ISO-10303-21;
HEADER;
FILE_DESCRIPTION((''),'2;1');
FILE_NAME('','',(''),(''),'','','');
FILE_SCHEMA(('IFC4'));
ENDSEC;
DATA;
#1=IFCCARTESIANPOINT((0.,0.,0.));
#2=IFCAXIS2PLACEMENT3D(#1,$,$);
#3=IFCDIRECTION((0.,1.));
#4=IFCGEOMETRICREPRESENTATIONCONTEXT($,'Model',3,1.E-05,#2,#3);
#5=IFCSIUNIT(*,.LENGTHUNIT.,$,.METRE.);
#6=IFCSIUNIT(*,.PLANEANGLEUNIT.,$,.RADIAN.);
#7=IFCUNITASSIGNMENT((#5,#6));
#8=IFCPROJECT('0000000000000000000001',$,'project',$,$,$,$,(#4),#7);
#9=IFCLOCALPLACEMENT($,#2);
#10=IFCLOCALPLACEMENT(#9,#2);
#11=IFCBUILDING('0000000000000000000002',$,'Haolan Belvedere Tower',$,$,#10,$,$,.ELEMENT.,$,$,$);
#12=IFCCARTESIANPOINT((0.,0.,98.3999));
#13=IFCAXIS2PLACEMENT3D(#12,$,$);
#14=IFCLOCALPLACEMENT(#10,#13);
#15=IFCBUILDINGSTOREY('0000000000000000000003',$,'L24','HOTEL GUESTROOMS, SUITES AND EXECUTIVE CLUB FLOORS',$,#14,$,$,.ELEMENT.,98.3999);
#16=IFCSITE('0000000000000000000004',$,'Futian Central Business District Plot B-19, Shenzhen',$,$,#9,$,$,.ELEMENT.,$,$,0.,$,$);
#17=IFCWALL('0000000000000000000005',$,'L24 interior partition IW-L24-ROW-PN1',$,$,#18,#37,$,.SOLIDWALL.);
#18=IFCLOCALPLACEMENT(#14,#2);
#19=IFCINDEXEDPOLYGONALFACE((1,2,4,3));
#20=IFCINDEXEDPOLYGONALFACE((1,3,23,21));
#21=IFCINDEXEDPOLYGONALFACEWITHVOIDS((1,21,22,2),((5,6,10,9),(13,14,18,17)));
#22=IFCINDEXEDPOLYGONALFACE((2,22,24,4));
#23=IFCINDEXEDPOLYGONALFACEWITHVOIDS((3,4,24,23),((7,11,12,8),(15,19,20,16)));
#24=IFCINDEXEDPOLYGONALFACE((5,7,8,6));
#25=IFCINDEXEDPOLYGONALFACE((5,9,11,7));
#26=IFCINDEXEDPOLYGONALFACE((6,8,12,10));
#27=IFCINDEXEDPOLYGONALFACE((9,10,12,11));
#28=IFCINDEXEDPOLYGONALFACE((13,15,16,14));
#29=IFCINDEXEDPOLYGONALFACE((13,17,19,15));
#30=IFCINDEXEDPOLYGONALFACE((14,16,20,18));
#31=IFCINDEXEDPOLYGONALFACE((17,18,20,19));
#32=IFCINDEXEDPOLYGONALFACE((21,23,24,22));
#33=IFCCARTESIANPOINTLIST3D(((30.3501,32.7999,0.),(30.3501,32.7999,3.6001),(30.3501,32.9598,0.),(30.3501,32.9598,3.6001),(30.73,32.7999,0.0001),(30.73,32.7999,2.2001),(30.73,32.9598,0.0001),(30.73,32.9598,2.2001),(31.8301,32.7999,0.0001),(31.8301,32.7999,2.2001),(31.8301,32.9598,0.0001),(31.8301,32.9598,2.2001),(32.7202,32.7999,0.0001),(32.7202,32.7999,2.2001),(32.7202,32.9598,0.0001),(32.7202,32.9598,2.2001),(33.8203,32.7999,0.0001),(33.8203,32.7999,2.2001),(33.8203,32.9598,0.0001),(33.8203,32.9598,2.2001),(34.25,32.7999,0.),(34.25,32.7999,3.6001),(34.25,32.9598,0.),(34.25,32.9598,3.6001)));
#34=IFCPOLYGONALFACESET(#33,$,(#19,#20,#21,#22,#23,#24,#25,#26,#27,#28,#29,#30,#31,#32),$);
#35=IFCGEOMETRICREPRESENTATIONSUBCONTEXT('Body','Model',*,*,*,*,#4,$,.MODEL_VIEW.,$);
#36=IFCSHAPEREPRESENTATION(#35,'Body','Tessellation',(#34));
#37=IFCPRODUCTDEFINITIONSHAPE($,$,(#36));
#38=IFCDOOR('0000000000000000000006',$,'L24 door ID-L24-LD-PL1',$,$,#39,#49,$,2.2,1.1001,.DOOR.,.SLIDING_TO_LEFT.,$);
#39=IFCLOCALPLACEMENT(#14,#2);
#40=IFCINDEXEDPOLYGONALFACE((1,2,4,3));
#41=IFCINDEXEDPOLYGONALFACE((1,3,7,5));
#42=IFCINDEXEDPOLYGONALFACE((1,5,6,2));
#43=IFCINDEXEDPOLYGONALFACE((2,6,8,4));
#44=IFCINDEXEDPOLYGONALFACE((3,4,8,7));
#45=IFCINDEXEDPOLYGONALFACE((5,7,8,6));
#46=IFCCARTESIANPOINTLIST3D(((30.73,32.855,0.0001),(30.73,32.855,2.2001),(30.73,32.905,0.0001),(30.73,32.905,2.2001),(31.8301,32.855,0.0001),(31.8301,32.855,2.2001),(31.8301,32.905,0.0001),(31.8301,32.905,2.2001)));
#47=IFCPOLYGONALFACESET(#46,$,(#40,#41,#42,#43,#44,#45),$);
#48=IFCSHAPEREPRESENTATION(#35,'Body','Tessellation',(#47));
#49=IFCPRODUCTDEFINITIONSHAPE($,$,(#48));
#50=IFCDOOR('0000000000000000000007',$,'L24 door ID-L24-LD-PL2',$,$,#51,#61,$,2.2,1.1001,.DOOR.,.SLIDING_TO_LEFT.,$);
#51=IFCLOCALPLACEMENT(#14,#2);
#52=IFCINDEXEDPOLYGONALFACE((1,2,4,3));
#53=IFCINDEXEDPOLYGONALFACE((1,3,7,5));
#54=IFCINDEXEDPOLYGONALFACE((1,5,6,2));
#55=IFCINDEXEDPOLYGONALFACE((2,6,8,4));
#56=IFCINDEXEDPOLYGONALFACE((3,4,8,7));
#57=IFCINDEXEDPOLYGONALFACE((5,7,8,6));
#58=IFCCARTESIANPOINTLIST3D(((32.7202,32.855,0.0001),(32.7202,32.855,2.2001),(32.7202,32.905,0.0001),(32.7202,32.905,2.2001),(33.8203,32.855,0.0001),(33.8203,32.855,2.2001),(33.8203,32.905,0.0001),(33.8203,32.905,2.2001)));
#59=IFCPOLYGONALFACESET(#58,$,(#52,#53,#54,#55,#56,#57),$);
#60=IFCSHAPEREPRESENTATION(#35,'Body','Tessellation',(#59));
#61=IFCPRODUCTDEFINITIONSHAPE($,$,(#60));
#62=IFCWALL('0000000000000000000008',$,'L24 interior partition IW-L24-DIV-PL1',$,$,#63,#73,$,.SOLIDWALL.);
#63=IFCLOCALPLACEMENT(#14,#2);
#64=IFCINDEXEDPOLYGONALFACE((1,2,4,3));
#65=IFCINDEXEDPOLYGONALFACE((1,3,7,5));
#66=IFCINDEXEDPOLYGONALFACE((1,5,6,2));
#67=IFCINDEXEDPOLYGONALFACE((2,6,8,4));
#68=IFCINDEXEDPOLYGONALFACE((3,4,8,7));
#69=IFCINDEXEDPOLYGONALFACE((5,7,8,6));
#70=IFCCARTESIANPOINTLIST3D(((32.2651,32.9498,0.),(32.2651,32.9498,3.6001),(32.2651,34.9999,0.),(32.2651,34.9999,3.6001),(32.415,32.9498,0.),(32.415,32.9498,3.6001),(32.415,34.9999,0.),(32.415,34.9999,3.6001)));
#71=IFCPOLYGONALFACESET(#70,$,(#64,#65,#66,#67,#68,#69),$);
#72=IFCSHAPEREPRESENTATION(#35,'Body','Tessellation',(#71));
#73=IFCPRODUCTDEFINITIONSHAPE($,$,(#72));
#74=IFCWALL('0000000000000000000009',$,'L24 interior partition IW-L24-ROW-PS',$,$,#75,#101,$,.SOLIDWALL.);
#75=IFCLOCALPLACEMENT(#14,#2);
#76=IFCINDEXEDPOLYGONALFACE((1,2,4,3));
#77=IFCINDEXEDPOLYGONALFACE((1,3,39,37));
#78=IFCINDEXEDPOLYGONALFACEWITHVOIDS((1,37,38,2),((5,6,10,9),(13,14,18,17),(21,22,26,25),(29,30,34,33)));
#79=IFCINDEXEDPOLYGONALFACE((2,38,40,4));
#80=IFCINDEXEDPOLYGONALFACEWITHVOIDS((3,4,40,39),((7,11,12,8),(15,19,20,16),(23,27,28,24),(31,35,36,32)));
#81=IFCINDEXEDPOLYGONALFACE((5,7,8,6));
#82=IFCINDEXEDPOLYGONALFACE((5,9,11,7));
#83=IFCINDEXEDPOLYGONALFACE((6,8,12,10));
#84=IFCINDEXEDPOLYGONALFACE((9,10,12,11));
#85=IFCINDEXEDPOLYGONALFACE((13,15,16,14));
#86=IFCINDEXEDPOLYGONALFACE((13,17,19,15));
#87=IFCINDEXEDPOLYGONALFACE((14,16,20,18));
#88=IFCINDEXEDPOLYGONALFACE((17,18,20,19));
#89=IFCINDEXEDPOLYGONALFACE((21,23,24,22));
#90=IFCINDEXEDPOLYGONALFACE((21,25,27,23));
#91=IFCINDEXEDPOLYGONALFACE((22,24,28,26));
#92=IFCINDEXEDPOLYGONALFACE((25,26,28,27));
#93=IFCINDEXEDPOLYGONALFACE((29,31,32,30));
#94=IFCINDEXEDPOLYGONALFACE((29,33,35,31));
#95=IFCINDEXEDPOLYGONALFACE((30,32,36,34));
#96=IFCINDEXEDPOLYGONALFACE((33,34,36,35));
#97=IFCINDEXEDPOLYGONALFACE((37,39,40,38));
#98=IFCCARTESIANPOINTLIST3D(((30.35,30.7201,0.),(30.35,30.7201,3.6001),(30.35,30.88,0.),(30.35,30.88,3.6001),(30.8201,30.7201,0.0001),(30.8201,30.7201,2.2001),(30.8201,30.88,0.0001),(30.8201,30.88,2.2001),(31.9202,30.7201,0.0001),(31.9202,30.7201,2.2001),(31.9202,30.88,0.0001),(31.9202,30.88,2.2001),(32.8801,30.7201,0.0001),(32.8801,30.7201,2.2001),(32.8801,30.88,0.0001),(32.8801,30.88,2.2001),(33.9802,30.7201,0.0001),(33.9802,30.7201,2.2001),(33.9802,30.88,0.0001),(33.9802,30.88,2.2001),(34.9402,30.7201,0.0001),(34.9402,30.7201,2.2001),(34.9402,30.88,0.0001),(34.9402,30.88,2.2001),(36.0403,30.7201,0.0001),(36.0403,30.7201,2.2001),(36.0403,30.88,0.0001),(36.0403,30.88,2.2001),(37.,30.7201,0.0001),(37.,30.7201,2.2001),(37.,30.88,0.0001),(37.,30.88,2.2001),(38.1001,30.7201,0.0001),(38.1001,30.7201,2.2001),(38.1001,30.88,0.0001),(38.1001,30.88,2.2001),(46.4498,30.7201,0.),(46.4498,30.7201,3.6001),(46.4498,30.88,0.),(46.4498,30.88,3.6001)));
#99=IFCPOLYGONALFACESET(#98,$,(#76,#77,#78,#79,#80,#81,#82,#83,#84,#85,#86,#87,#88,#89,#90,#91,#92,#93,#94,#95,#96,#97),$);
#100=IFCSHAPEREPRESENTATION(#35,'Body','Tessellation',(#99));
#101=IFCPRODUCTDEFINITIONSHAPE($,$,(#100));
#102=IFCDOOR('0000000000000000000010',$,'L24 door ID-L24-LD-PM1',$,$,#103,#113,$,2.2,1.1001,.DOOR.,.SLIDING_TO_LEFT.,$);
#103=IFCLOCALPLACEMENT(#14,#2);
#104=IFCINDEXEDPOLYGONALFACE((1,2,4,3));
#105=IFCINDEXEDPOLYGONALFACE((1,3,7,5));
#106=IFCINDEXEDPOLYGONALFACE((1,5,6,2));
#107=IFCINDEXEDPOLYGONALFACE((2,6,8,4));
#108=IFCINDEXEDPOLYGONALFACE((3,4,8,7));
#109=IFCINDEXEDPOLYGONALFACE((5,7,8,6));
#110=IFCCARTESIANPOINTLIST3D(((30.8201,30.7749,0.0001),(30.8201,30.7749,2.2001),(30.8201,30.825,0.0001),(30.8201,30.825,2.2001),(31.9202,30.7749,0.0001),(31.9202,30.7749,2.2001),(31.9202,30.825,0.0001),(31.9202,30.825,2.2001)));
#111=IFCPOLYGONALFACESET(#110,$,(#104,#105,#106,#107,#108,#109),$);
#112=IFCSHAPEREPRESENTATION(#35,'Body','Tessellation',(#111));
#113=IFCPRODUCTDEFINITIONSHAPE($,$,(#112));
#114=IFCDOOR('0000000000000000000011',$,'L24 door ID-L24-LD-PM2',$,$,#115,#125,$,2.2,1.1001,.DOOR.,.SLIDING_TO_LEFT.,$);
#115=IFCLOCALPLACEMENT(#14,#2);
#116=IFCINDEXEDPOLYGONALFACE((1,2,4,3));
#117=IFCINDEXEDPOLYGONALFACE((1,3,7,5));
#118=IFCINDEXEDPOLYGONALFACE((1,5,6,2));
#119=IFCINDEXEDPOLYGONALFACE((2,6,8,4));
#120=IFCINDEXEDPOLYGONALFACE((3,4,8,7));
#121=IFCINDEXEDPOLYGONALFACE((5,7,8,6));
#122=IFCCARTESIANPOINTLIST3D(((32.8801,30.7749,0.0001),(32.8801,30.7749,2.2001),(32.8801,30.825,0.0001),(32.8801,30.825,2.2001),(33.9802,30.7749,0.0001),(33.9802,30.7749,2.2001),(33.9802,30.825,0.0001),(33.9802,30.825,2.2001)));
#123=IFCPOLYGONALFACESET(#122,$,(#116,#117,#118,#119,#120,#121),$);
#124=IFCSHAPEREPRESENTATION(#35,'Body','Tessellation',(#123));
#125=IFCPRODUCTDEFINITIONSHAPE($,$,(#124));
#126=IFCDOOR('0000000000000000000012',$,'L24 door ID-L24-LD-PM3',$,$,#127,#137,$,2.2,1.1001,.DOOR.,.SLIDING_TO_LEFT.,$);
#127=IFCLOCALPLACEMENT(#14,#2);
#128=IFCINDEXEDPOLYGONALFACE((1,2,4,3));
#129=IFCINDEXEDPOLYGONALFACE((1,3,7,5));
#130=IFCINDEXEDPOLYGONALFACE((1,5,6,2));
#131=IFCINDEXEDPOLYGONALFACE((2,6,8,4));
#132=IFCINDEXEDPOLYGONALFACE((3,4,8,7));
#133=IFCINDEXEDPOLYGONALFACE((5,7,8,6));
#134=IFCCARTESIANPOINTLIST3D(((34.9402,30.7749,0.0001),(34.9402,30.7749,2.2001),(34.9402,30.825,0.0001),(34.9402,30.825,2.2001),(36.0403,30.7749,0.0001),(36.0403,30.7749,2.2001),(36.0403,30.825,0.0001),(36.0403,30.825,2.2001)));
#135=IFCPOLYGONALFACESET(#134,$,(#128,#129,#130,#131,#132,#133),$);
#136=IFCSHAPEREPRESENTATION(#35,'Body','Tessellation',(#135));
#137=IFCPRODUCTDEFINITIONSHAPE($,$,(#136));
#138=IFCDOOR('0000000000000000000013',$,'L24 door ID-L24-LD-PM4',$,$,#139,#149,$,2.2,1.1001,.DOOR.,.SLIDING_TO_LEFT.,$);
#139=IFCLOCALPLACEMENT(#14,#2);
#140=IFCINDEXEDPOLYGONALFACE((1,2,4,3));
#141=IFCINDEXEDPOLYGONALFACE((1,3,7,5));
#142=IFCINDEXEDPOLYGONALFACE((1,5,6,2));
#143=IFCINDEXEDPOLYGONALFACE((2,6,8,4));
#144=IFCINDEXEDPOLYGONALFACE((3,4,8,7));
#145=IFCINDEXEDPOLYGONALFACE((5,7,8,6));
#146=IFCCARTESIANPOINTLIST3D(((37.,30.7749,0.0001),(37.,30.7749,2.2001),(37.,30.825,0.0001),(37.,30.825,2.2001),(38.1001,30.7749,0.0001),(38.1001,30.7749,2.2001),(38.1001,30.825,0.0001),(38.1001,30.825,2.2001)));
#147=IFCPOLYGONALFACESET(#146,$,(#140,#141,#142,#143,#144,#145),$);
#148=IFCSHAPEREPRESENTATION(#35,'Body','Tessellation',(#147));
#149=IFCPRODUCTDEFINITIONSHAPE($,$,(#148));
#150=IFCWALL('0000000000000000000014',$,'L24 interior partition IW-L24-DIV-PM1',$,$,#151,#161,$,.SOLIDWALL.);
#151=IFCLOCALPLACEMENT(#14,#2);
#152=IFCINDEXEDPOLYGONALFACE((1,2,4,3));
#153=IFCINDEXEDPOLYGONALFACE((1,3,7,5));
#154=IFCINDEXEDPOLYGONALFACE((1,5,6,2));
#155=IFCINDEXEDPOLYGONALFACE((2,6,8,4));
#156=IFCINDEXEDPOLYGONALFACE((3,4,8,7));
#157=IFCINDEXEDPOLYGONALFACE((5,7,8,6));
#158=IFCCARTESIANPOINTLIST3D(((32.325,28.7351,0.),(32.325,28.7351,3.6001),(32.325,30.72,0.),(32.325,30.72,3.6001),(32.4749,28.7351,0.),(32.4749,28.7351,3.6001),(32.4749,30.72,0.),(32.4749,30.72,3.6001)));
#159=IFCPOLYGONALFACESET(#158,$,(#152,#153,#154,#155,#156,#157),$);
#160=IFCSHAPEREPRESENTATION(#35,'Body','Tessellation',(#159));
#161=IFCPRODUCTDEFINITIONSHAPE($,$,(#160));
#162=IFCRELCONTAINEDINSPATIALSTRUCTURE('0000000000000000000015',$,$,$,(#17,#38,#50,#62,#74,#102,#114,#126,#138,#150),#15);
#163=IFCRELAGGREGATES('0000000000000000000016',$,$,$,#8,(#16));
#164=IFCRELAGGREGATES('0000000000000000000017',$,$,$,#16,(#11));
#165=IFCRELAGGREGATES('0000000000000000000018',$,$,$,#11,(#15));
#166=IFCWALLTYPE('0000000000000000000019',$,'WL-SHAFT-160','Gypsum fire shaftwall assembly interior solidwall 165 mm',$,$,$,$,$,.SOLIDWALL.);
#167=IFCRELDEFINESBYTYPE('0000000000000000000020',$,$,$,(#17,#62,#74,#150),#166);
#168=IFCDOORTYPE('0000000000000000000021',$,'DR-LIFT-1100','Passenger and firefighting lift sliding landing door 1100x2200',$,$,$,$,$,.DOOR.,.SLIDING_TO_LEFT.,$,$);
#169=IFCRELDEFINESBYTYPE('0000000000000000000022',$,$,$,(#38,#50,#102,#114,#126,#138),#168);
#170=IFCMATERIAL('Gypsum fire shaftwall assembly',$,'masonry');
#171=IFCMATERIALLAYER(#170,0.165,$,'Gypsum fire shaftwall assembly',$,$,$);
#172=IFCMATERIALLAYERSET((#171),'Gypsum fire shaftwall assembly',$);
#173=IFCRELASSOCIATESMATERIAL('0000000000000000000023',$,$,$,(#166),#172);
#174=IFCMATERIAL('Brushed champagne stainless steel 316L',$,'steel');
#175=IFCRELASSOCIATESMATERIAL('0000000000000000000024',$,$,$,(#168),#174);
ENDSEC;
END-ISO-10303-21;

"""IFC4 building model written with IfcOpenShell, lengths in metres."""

from ifc_helpers import new_model, si_unit, direction, frame, frame_2d, origin, place, context, subcontext, project, spatial, rectangle, extrude, material, layer, layer_set, type_object, element, fill, save


model = new_model("IFC4")

# Units and contexts
model_context = context("Model", 3, precision=1e-05, world=origin(), true_north=direction((0.0, 1.0)))
body_context = subcontext(model_context, "Body", "Model", "MODEL_VIEW")
ifc_project = project(units=[si_unit("LENGTHUNIT", "METRE"), si_unit("PLANEANGLEUNIT", "RADIAN")], contexts=[model_context])

# Site, building, storey
site_placement = place(None, origin())
site = spatial("IfcSite", under=ifc_project, at=site_placement, Name="Futian Central Business District Plot B-19, Shenzhen", CompositionType="ELEMENT", RefElevation=0.0)
building_placement = place(site_placement, origin())
building = spatial("IfcBuilding", under=site, at=building_placement, Name="Haolan Belvedere Tower", CompositionType="ELEMENT")
storey_placement = place(building_placement, frame((0.0, 0.0, 98.3999)))
storey = spatial("IfcBuildingStorey", under=building, at=storey_placement, Name="L24", Description="HOTEL GUESTROOMS, SUITES AND EXECUTIVE CLUB FLOORS", CompositionType="ELEMENT", Elevation=98.3999)

# Wall, openings, doors
ifc_material_1 = material(Name="Gypsum fire shaftwall assembly", Category="masonry")
ifc_layer_1 = layer(ifc_material_1, 0.165, Name="Gypsum fire shaftwall assembly")
ifc_layer_set_1 = layer_set([ifc_layer_1], Name="Gypsum fire shaftwall assembly")
wall_type_1 = type_object("IfcWallType", Name="WL-SHAFT-160", Description="Gypsum fire shaftwall assembly interior solidwall 165 mm", PredefinedType="SOLIDWALL", material=ifc_layer_set_1)
wall_1_placement = place(storey_placement, frame((30.3501, 32.8799, 0.0), z_axis=(0.0, 0.0, 1.0), x_axis=(1.0, 0.0, 0.0)))
wall_1 = element("IfcWall", 1, at=wall_1_placement, inside=storey, type_object=wall_type_1, Name="L24 interior partition IW-L24-ROW-PN1", PredefinedType="SOLIDWALL", context=body_context, shape_type="SweptSolid", body=[
    extrude(rectangle(XDim=3.8999, YDim=0.1599, at=frame_2d((1.95, 0.0))), origin(), (0.0, 0.0, 1.0), 3.6001),
])
opening_1_placement = place(wall_1_placement, frame((1.48, 0.0, 0.0), z_axis=(0.0, 0.0, 1.0), x_axis=(-1.0, 0.0, 0.0)))
opening_1 = element("IfcOpeningElement", 2, at=opening_1_placement, cuts=wall_1, PredefinedType="OPENING", context=body_context, shape_type="SweptSolid", body=[
    extrude(rectangle(XDim=1.1001, YDim=2.2, at=frame_2d((0.55, 1.1001))), frame((0.0, 0.0898, 0.0), z_axis=(0.0, -1.0, 0.0), x_axis=(1.0, 0.0, 0.0)), (0.0, 0.0, 1.0), 0.1799),
])
opening_2_placement = place(wall_1_placement, frame((3.4702, 0.0, 0.0), z_axis=(0.0, 0.0, 1.0), x_axis=(-1.0, 0.0, 0.0)))
opening_2 = element("IfcOpeningElement", 3, at=opening_2_placement, cuts=wall_1, PredefinedType="OPENING", context=body_context, shape_type="SweptSolid", body=[
    extrude(rectangle(XDim=1.1001, YDim=2.2, at=frame_2d((0.55, 1.1001))), frame((0.0, 0.0898, 0.0), z_axis=(0.0, -1.0, 0.0), x_axis=(1.0, 0.0, 0.0)), (0.0, 0.0, 1.0), 0.1799),
])
ifc_material_2 = material(Name="Brushed champagne stainless steel 316L", Category="steel")
door_type_1 = type_object("IfcDoorType", Name="DR-LIFT-1100", Description="Passenger and firefighting lift sliding landing door 1100x2200", OperationType="SLIDING_TO_LEFT", PredefinedType="DOOR", material=ifc_material_2)
door_1_placement = place(opening_1_placement, origin())
door_1 = element("IfcDoor", 4, at=door_1_placement, inside=storey, type_object=door_type_1, Name="L24 door ID-L24-LD-PL1", OperationType="SLIDING_TO_LEFT", OverallHeight=2.2, OverallWidth=1.1001, PredefinedType="DOOR", context=body_context, shape_type="SweptSolid", body=[
    extrude(rectangle(XDim=1.1001, YDim=2.2, at=frame_2d((0.55, 1.1001))), frame((0.0, 0.0249, 0.0), z_axis=(0.0, -1.0, 0.0), x_axis=(1.0, 0.0, 0.0)), (0.0, 0.0, 1.0), 0.05),
])
fill(opening_1, door_1)
door_2_placement = place(opening_2_placement, origin())
door_2 = element("IfcDoor", 5, at=door_2_placement, inside=storey, type_object=door_type_1, Name="L24 door ID-L24-LD-PL2", OperationType="SLIDING_TO_LEFT", OverallHeight=2.2, OverallWidth=1.1001, PredefinedType="DOOR", context=body_context, shape_type="SweptSolid", body=[
    extrude(rectangle(XDim=1.1001, YDim=2.2, at=frame_2d((0.55, 1.1001))), frame((0.0, 0.0249, 0.0), z_axis=(0.0, -1.0, 0.0), x_axis=(1.0, 0.0, 0.0)), (0.0, 0.0, 1.0), 0.05),
])
fill(opening_2, door_2)

# Wall
wall_2_placement = place(storey_placement, frame((32.3401, 32.95, 0.0), z_axis=(0.0, 0.0, 1.0), x_axis=(0.0, 1.0, 0.0)))
element("IfcWall", 6, at=wall_2_placement, inside=storey, type_object=wall_type_1, Name="L24 interior partition IW-L24-DIV-PL1", PredefinedType="SOLIDWALL", context=body_context, shape_type="SweptSolid", body=[
    extrude(rectangle(XDim=2.05, YDim=0.1499, at=frame_2d((1.0249, 0.0))), origin(), (0.0, 0.0, 1.0), 3.6001),
])

# Wall, openings, doors
wall_3_placement = place(storey_placement, frame((30.3501, 30.8, 0.0), z_axis=(0.0, 0.0, 1.0), x_axis=(1.0, 0.0, 0.0)))
wall_3 = element("IfcWall", 7, at=wall_3_placement, inside=storey, type_object=wall_type_1, Name="L24 interior partition IW-L24-ROW-PS", PredefinedType="SOLIDWALL", context=body_context, shape_type="SweptSolid", body=[
    extrude(rectangle(XDim=16.0999, YDim=0.1599, at=frame_2d((8.0498, 0.0))), origin(), (0.0, 0.0, 1.0), 3.6001),
])
opening_3_placement = place(wall_3_placement, frame((0.47, 0.0, 0.0)))
opening_3 = element("IfcOpeningElement", 8, at=opening_3_placement, cuts=wall_3, PredefinedType="OPENING", context=body_context, shape_type="SweptSolid", body=[
    extrude(rectangle(XDim=1.1001, YDim=2.2, at=frame_2d((0.55, 1.1001))), frame((0.0, 0.0898, 0.0), z_axis=(0.0, -1.0, 0.0), x_axis=(1.0, 0.0, 0.0)), (0.0, 0.0, 1.0), 0.1799),
])
opening_4_placement = place(wall_3_placement, frame((2.53, 0.0, 0.0)))
opening_4 = element("IfcOpeningElement", 9, at=opening_4_placement, cuts=wall_3, PredefinedType="OPENING", context=body_context, shape_type="SweptSolid", body=[
    extrude(rectangle(XDim=1.1001, YDim=2.2, at=frame_2d((0.55, 1.1001))), frame((0.0, 0.0898, 0.0), z_axis=(0.0, -1.0, 0.0), x_axis=(1.0, 0.0, 0.0)), (0.0, 0.0, 1.0), 0.1799),
])
opening_5_placement = place(wall_3_placement, frame((4.5901, 0.0, 0.0)))
opening_5 = element("IfcOpeningElement", 10, at=opening_5_placement, cuts=wall_3, PredefinedType="OPENING", context=body_context, shape_type="SweptSolid", body=[
    extrude(rectangle(XDim=1.1001, YDim=2.2, at=frame_2d((0.55, 1.1001))), frame((0.0, 0.0898, 0.0), z_axis=(0.0, -1.0, 0.0), x_axis=(1.0, 0.0, 0.0)), (0.0, 0.0, 1.0), 0.1799),
])
opening_6_placement = place(wall_3_placement, frame((6.6499, 0.0, 0.0)))
opening_6 = element("IfcOpeningElement", 11, at=opening_6_placement, cuts=wall_3, PredefinedType="OPENING", context=body_context, shape_type="SweptSolid", body=[
    extrude(rectangle(XDim=1.1001, YDim=2.2, at=frame_2d((0.55, 1.1001))), frame((0.0, 0.0898, 0.0), z_axis=(0.0, -1.0, 0.0), x_axis=(1.0, 0.0, 0.0)), (0.0, 0.0, 1.0), 0.1799),
])
door_3_placement = place(opening_3_placement, origin())
door_3 = element("IfcDoor", 12, at=door_3_placement, inside=storey, type_object=door_type_1, Name="L24 door ID-L24-LD-PM1", OperationType="SLIDING_TO_LEFT", OverallHeight=2.2, OverallWidth=1.1001, PredefinedType="DOOR", context=body_context, shape_type="SweptSolid", body=[
    extrude(rectangle(XDim=1.1001, YDim=2.2, at=frame_2d((0.55, 1.1001))), frame((0.0, 0.0249, 0.0), z_axis=(0.0, -1.0, 0.0), x_axis=(1.0, 0.0, 0.0)), (0.0, 0.0, 1.0), 0.05),
])
fill(opening_3, door_3)
door_4_placement = place(opening_4_placement, origin())
door_4 = element("IfcDoor", 13, at=door_4_placement, inside=storey, type_object=door_type_1, Name="L24 door ID-L24-LD-PM2", OperationType="SLIDING_TO_LEFT", OverallHeight=2.2, OverallWidth=1.1001, PredefinedType="DOOR", context=body_context, shape_type="SweptSolid", body=[
    extrude(rectangle(XDim=1.1001, YDim=2.2, at=frame_2d((0.55, 1.1001))), frame((0.0, 0.0249, 0.0), z_axis=(0.0, -1.0, 0.0), x_axis=(1.0, 0.0, 0.0)), (0.0, 0.0, 1.0), 0.05),
])
fill(opening_4, door_4)
door_5_placement = place(opening_5_placement, origin())
door_5 = element("IfcDoor", 14, at=door_5_placement, inside=storey, type_object=door_type_1, Name="L24 door ID-L24-LD-PM3", OperationType="SLIDING_TO_LEFT", OverallHeight=2.2, OverallWidth=1.1001, PredefinedType="DOOR", context=body_context, shape_type="SweptSolid", body=[
    extrude(rectangle(XDim=1.1001, YDim=2.2, at=frame_2d((0.55, 1.1001))), frame((0.0, 0.0249, 0.0), z_axis=(0.0, -1.0, 0.0), x_axis=(1.0, 0.0, 0.0)), (0.0, 0.0, 1.0), 0.05),
])
fill(opening_5, door_5)
door_6_placement = place(opening_6_placement, origin())
door_6 = element("IfcDoor", 15, at=door_6_placement, inside=storey, type_object=door_type_1, Name="L24 door ID-L24-LD-PM4", OperationType="SLIDING_TO_LEFT", OverallHeight=2.2, OverallWidth=1.1001, PredefinedType="DOOR", context=body_context, shape_type="SweptSolid", body=[
    extrude(rectangle(XDim=1.1001, YDim=2.2, at=frame_2d((0.55, 1.1001))), frame((0.0, 0.0249, 0.0), z_axis=(0.0, -1.0, 0.0), x_axis=(1.0, 0.0, 0.0)), (0.0, 0.0, 1.0), 0.05),
])
fill(opening_6, door_6)

# Wall
wall_4_placement = place(storey_placement, frame((32.3999, 28.7351, 0.0), z_axis=(0.0, 0.0, 1.0), x_axis=(0.0, 1.0, 0.0)))
element("IfcWall", 16, at=wall_4_placement, inside=storey, type_object=wall_type_1, Name="L24 interior partition IW-L24-DIV-PM1", PredefinedType="SOLIDWALL", context=body_context, shape_type="SweptSolid", body=[
    extrude(rectangle(XDim=1.9849, YDim=0.1499, at=frame_2d((0.9924, 0.0))), origin(), (0.0, 0.0, 1.0), 3.6001),
])

save(model, "model.ifc")
